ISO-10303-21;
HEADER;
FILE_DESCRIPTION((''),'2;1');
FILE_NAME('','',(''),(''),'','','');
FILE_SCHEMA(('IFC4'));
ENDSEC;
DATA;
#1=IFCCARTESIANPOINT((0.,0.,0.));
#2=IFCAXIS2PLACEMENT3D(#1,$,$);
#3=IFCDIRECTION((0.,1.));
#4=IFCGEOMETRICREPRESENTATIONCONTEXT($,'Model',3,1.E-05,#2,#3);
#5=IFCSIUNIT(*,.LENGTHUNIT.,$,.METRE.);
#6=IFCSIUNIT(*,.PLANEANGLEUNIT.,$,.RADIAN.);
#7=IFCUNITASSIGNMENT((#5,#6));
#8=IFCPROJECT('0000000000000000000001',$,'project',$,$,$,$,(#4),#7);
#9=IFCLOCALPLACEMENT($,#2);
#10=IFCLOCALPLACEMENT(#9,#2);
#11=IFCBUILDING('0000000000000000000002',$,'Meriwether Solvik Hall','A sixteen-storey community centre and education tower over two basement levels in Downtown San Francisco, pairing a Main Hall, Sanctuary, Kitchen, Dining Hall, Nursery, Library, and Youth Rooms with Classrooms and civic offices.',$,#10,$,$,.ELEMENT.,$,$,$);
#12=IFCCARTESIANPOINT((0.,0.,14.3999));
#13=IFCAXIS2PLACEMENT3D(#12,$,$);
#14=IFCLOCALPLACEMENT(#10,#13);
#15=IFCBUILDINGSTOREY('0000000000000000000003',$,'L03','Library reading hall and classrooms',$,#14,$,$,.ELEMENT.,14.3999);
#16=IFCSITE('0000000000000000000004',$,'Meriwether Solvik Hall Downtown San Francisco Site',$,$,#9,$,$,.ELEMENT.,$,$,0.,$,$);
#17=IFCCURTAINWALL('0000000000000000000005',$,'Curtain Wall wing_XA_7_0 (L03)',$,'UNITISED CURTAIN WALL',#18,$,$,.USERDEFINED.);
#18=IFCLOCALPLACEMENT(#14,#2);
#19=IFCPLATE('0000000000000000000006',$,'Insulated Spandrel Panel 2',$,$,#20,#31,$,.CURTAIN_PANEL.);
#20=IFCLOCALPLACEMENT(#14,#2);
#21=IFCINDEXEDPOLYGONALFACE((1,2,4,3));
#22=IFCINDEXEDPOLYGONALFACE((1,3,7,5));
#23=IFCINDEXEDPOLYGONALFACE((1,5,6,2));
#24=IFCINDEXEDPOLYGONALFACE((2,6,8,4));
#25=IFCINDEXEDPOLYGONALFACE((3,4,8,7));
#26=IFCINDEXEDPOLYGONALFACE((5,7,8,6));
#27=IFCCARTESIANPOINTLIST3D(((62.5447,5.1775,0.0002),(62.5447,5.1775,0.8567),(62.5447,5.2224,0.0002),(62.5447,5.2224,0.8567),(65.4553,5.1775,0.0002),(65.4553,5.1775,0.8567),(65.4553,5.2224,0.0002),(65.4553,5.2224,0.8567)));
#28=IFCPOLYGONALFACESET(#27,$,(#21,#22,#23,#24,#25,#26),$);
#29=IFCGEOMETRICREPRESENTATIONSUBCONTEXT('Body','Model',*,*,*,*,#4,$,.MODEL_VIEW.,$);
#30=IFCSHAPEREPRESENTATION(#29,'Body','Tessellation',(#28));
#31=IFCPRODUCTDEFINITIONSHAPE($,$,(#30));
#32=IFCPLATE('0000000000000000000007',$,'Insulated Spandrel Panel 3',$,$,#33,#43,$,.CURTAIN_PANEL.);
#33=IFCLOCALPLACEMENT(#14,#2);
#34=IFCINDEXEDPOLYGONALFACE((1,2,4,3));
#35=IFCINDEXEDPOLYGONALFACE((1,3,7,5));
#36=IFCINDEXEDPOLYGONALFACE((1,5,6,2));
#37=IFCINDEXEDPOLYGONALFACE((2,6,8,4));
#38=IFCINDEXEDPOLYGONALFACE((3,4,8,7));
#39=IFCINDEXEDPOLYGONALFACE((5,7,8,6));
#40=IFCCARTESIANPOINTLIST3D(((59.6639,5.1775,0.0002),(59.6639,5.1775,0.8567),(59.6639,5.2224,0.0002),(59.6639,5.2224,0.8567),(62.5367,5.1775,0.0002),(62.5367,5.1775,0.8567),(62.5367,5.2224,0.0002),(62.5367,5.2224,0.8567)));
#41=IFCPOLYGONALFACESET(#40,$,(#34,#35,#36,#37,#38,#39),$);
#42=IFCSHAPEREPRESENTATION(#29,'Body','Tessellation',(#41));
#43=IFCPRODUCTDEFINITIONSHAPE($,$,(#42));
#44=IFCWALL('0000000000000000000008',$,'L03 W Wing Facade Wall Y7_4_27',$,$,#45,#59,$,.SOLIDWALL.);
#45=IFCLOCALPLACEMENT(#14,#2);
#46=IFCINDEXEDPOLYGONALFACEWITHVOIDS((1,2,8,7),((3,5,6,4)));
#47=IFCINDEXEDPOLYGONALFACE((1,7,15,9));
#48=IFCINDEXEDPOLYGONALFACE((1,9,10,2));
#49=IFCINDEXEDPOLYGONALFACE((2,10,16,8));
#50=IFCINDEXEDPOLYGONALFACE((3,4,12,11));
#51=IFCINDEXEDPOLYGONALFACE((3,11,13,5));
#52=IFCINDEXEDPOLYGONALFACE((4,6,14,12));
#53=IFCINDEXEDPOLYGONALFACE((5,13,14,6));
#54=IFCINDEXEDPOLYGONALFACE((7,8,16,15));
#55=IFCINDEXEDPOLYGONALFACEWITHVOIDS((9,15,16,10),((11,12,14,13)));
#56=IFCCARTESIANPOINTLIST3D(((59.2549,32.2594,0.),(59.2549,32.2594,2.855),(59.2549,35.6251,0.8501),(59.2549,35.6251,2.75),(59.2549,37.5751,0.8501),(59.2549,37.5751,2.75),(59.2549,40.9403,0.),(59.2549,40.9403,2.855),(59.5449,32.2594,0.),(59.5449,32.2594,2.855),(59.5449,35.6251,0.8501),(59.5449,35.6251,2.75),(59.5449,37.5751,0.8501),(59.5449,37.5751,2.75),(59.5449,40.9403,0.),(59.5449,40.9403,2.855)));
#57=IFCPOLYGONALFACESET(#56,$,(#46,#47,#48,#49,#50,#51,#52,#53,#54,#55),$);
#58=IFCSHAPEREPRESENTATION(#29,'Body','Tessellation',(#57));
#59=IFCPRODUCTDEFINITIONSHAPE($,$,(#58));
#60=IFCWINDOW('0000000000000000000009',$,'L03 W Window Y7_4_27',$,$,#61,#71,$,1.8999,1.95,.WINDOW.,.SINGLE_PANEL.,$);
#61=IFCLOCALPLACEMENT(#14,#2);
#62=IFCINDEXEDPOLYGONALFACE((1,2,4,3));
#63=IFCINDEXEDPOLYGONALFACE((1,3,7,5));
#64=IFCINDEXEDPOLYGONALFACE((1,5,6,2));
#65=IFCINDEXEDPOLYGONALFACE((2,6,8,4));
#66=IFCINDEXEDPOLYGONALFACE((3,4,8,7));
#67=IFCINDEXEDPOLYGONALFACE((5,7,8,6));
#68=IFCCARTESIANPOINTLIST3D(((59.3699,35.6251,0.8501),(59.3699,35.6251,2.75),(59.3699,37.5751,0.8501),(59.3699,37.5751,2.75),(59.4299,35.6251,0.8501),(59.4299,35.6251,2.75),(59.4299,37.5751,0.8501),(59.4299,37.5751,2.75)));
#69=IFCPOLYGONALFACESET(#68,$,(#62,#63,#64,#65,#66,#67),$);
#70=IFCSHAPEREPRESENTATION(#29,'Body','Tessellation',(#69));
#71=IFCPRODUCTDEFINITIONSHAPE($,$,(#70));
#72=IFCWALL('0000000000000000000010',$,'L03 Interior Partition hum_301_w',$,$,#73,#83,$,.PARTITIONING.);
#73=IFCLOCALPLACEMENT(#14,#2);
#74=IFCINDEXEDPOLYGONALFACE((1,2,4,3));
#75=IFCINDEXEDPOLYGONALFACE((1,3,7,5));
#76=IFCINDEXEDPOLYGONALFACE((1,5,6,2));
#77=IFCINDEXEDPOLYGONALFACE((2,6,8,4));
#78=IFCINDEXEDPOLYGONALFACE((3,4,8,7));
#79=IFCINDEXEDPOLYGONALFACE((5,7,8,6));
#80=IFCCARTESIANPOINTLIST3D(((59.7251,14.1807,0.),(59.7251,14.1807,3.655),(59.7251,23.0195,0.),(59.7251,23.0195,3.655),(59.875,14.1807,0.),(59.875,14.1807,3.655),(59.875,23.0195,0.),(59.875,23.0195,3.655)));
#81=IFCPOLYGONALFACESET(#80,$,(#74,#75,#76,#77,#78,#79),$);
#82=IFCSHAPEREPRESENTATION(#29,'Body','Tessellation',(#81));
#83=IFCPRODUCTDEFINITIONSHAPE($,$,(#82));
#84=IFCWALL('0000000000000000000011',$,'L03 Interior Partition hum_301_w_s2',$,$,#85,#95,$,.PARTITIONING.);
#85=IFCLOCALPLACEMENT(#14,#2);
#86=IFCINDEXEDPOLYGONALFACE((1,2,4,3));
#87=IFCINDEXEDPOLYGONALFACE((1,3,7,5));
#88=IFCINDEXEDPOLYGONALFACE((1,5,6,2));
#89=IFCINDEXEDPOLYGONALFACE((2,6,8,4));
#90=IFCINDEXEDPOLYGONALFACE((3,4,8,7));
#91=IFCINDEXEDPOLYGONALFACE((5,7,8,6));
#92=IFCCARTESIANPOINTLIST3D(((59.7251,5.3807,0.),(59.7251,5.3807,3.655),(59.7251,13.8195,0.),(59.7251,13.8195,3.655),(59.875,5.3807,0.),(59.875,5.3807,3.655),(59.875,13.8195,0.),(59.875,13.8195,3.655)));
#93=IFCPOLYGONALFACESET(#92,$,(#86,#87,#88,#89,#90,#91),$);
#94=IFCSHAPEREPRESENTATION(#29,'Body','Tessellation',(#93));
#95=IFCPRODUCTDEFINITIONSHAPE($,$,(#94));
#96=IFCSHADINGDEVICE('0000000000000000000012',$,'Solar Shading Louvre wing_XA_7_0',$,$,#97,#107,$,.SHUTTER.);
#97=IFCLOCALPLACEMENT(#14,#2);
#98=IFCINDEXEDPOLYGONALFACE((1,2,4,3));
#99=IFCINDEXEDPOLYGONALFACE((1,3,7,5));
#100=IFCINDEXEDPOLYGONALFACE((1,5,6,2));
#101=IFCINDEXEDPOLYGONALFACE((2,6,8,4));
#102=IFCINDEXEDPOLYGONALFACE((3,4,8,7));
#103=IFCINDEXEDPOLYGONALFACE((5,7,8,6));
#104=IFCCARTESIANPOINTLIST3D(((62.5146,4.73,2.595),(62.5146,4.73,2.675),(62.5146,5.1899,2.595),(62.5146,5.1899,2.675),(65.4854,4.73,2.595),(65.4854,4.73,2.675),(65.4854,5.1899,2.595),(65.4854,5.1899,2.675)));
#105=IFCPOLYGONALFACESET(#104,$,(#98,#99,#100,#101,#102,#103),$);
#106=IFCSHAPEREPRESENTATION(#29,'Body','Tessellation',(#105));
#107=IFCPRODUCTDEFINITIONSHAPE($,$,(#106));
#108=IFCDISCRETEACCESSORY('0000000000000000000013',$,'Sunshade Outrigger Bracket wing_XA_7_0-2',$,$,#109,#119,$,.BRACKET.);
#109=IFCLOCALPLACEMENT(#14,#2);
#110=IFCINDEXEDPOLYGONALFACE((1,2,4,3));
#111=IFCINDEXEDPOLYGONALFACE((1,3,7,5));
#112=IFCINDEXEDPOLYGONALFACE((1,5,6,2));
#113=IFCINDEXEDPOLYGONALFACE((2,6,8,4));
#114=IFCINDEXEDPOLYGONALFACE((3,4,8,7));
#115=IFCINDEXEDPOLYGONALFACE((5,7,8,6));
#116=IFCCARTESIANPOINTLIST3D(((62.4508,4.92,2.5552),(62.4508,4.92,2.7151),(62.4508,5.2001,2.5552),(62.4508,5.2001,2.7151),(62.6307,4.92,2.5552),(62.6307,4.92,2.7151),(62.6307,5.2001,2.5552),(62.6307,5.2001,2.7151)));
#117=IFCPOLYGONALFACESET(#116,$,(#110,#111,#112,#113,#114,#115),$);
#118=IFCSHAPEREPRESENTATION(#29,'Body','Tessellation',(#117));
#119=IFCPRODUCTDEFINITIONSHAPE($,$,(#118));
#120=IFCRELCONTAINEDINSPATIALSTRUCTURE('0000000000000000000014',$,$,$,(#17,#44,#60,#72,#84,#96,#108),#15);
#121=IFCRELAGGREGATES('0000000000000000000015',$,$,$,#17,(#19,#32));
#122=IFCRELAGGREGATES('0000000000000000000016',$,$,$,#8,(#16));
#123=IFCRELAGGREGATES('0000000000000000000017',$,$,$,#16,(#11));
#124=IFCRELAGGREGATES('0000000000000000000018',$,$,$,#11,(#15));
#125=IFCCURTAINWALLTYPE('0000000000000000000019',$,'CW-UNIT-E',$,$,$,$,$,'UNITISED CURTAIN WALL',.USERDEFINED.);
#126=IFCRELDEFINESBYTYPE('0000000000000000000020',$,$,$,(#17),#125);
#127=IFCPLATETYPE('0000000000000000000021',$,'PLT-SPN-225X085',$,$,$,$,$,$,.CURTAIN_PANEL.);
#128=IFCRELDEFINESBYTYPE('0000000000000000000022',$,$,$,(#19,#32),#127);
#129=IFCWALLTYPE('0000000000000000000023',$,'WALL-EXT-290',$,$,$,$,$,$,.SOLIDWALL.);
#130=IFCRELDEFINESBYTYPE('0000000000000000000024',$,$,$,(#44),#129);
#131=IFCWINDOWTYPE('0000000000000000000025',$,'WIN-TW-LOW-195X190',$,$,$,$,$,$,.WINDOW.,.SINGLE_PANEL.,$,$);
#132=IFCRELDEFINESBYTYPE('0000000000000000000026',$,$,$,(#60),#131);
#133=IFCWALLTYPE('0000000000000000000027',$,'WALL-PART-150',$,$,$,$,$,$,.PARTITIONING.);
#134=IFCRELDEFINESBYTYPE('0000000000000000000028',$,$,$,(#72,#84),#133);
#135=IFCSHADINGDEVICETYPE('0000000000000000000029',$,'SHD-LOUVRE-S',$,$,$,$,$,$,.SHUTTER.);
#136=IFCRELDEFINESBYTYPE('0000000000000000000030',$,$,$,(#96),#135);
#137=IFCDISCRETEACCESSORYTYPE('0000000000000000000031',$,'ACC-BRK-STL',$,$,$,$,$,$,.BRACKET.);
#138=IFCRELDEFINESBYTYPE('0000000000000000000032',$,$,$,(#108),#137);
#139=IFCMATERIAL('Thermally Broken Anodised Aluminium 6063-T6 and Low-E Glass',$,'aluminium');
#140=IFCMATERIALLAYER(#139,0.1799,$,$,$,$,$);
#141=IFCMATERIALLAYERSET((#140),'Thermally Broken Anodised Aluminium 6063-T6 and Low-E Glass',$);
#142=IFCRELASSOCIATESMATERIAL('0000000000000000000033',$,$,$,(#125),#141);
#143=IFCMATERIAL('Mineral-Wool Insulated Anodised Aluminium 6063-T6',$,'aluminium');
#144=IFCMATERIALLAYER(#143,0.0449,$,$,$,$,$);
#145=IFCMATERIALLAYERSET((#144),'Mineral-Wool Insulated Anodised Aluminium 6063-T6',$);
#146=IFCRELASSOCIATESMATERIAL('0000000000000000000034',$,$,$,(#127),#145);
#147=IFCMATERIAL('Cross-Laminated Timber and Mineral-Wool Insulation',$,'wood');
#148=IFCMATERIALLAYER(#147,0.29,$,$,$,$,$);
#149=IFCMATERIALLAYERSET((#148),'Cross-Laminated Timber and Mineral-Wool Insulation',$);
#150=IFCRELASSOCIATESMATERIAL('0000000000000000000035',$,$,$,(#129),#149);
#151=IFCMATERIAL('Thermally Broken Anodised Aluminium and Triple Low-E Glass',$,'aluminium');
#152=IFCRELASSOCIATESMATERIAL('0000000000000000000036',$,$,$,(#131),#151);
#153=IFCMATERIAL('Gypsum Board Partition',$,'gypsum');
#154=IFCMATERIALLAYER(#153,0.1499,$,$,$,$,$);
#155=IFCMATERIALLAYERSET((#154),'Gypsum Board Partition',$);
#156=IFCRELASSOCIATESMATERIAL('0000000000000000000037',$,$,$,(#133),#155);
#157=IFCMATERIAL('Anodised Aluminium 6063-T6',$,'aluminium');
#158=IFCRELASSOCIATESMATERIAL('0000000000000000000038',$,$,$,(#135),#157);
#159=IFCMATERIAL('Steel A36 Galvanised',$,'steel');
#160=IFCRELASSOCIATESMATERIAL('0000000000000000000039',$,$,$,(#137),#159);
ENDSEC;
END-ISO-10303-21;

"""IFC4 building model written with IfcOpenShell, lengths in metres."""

from ifc_helpers import new_model, si_unit, direction, frame, frame_2d, origin, origin_2d, place, context, subcontext, project, spatial, rectangle, extrude, material, layer, layer_set, type_object, element, fill, aggregate, save


model = new_model("IFC4")

# Units and contexts
model_context = context("Model", 3, precision=1e-05, world=origin(), true_north=direction((0.0, 1.0)))
body_context = subcontext(model_context, "Body", "Model", "MODEL_VIEW")
ifc_project = project(units=[si_unit("LENGTHUNIT", "METRE"), si_unit("PLANEANGLEUNIT", "RADIAN")], contexts=[model_context])

# Site, building, storey
site_placement = place(None, origin())
site = spatial("IfcSite", under=ifc_project, at=site_placement, Name="Meriwether Solvik Hall Downtown San Francisco Site", CompositionType="ELEMENT", RefElevation=0.0)
building_placement = place(site_placement, origin())
building = spatial("IfcBuilding", under=site, at=building_placement, Name="Meriwether Solvik Hall", Description="A sixteen-storey community centre and education tower over two basement levels in Downtown San Francisco, pairing a Main Hall, Sanctuary, Kitchen, Dining Hall, Nursery, Library, and Youth Rooms with Classrooms and civic offices.", CompositionType="ELEMENT")
storey_placement = place(building_placement, frame((0.0, 0.0, 14.3999)))
storey = spatial("IfcBuildingStorey", under=building, at=storey_placement, Name="L03", Description="Library reading hall and classrooms", CompositionType="ELEMENT", Elevation=14.3999)

# Curtain wall, plates
ifc_material_1 = material(Name="Thermally Broken Anodised Aluminium 6063-T6 and Low-E Glass", Category="aluminium")
ifc_layer_1 = layer(ifc_material_1, 0.1799)
ifc_layer_set_1 = layer_set([ifc_layer_1], Name="Thermally Broken Anodised Aluminium 6063-T6 and Low-E Glass")
curtain_wall_type = type_object("IfcCurtainWallType", Name="CW-UNIT-E", ElementType="UNITISED CURTAIN WALL", PredefinedType="USERDEFINED", material=ifc_layer_set_1)
curtain_wall_placement = place(storey_placement, origin())
curtain_wall = element("IfcCurtainWall", 1, at=curtain_wall_placement, inside=storey, type_object=curtain_wall_type, Name="Curtain Wall wing_XA_7_0 (L03)", ObjectType="UNITISED CURTAIN WALL", PredefinedType="USERDEFINED")
ifc_material_2 = material(Name="Mineral-Wool Insulated Anodised Aluminium 6063-T6", Category="aluminium")
ifc_layer_2 = layer(ifc_material_2, 0.0449)
ifc_layer_set_2 = layer_set([ifc_layer_2], Name="Mineral-Wool Insulated Anodised Aluminium 6063-T6")
plate_type_1 = type_object("IfcPlateType", Name="PLT-SPN-225X085", PredefinedType="CURTAIN_PANEL", material=ifc_layer_set_2)
plate_1_placement = place(storey_placement, frame((64.0, 5.2, 0.0002), z_axis=(0.0, 0.0, 1.0), x_axis=(-1.0, 0.0, 0.0)))
plate_1 = element("IfcPlate", 2, at=plate_1_placement, type_object=plate_type_1, Name="Insulated Spandrel Panel 2", PredefinedType="CURTAIN_PANEL", context=body_context, shape_type="SweptSolid", body=[
    extrude(rectangle(XDim=2.9106, YDim=0.0449, at=origin_2d()), origin(), (0.0, 0.0, 1.0), 0.8564),
])
plate_2_placement = place(storey_placement, frame((61.1003, 5.2, 0.0002), z_axis=(0.0, 0.0, 1.0), x_axis=(-1.0, 0.0, 0.0)))
plate_2 = element("IfcPlate", 3, at=plate_2_placement, type_object=plate_type_1, Name="Insulated Spandrel Panel 3", PredefinedType="CURTAIN_PANEL", context=body_context, shape_type="SweptSolid", body=[
    extrude(rectangle(XDim=2.8728, YDim=0.0449, at=origin_2d()), origin(), (0.0, 0.0, 1.0), 0.8564),
])
aggregate(curtain_wall, [plate_1, plate_2])

# Wall, opening, window
ifc_material_3 = material(Name="Cross-Laminated Timber and Mineral-Wool Insulation", Category="wood")
ifc_layer_3 = layer(ifc_material_3, 0.29)
ifc_layer_set_3 = layer_set([ifc_layer_3], Name="Cross-Laminated Timber and Mineral-Wool Insulation")
wall_type_1 = type_object("IfcWallType", Name="WALL-EXT-290", PredefinedType="SOLIDWALL", material=ifc_layer_set_3)
wall_1_placement = place(storey_placement, frame((59.3999, 32.2595, 0.0), z_axis=(0.0, 0.0, 1.0), x_axis=(0.0, 1.0, 0.0)))
wall_1 = element("IfcWall", 4, at=wall_1_placement, inside=storey, type_object=wall_type_1, Name="L03 W Wing Facade Wall Y7_4_27", PredefinedType="SOLIDWALL", context=body_context, shape_type="SweptSolid", body=[
    extrude(rectangle(XDim=8.6809, YDim=0.29, at=frame_2d((4.3403, 0.0))), origin(), (0.0, 0.0, 1.0), 2.855),
])
opening_placement = place(wall_1_placement, frame((3.3655, 0.0, 0.8501)))
opening = element("IfcOpeningElement", 5, at=opening_placement, cuts=wall_1, PredefinedType="OPENING", context=body_context, shape_type="SweptSolid", body=[
    extrude(rectangle(XDim=1.95, YDim=1.8999, at=frame_2d((0.9751, 0.95))), frame((0.0, 0.157, 0.0), z_axis=(0.0, -1.0, 0.0), x_axis=(1.0, 0.0, 0.0)), (0.0, 0.0, 1.0), 0.314),
])
ifc_material_4 = material(Name="Thermally Broken Anodised Aluminium and Triple Low-E Glass", Category="aluminium")
window_type = type_object("IfcWindowType", Name="WIN-TW-LOW-195X190", PartitioningType="SINGLE_PANEL", PredefinedType="WINDOW", material=ifc_material_4)
window_placement = place(opening_placement, origin())
window = element("IfcWindow", 6, at=window_placement, inside=storey, type_object=window_type, Name="L03 W Window Y7_4_27", OverallHeight=1.8999, OverallWidth=1.95, PartitioningType="SINGLE_PANEL", PredefinedType="WINDOW", context=body_context, shape_type="SweptSolid", body=[
    extrude(rectangle(XDim=1.95, YDim=1.8999, at=frame_2d((0.9751, 0.95))), frame((0.0, 0.03, 0.0), z_axis=(0.0, -1.0, 0.0), x_axis=(1.0, 0.0, 0.0)), (0.0, 0.0, 1.0), 0.0601),
])
fill(opening, window)

# Walls
ifc_material_5 = material(Name="Gypsum Board Partition", Category="gypsum")
ifc_layer_4 = layer(ifc_material_5, 0.1499)
ifc_layer_set_4 = layer_set([ifc_layer_4], Name="Gypsum Board Partition")
wall_type_2 = type_object("IfcWallType", Name="WALL-PART-150", PredefinedType="PARTITIONING", material=ifc_layer_set_4)
wall_2_placement = place(storey_placement, frame((59.8, 23.0195, 0.0), z_axis=(0.0, 0.0, 1.0), x_axis=(0.0, -1.0, 0.0)))
element("IfcWall", 7, at=wall_2_placement, inside=storey, type_object=wall_type_2, Name="L03 Interior Partition hum_301_w", PredefinedType="PARTITIONING", context=body_context, shape_type="SweptSolid", body=[
    extrude(rectangle(XDim=8.8389, YDim=0.1499, at=frame_2d((4.4194, 0.0))), origin(), (0.0, 0.0, 1.0), 3.655),
])
wall_3_placement = place(storey_placement, frame((59.8, 13.8193, 0.0), z_axis=(0.0, 0.0, 1.0), x_axis=(0.0, -1.0, 0.0)))
element("IfcWall", 8, at=wall_3_placement, inside=storey, type_object=wall_type_2, Name="L03 Interior Partition hum_301_w_s2", PredefinedType="PARTITIONING", context=body_context, shape_type="SweptSolid", body=[
    extrude(rectangle(XDim=8.4387, YDim=0.1499, at=frame_2d((4.2192, 0.0))), origin(), (0.0, 0.0, 1.0), 3.655),
])

# Shading device
ifc_material_6 = material(Name="Anodised Aluminium 6063-T6", Category="aluminium")
shading_device_type = type_object("IfcShadingDeviceType", Name="SHD-LOUVRE-S", PredefinedType="SHUTTER", material=ifc_material_6)
shading_device_placement = place(storey_placement, frame((64.0, 4.96, 2.595), z_axis=(0.0, 0.0, 1.0), x_axis=(-1.0, 0.0, 0.0)))
element("IfcShadingDevice", 9, at=shading_device_placement, inside=storey, type_object=shading_device_type, Name="Solar Shading Louvre wing_XA_7_0", PredefinedType="SHUTTER", context=body_context, shape_type="SweptSolid", body=[
    extrude(rectangle(XDim=2.9707, YDim=0.46, at=origin_2d()), origin(), (0.0, 0.0, 1.0), 0.0801),
])

# Discrete accessory
ifc_material_7 = material(Name="Steel A36 Galvanised", Category="steel")
discrete_accessory_type = type_object("IfcDiscreteAccessoryType", Name="ACC-BRK-STL", PredefinedType="BRACKET", material=ifc_material_7)
discrete_accessory_placement = place(storey_placement, frame((62.5408, 5.0601, 2.5552), z_axis=(0.0, 0.0, 1.0), x_axis=(-1.0, 0.0, 0.0)))
element("IfcDiscreteAccessory", 10, at=discrete_accessory_placement, inside=storey, type_object=discrete_accessory_type, Name="Sunshade Outrigger Bracket wing_XA_7_0-2", PredefinedType="BRACKET", context=body_context, shape_type="SweptSolid", body=[
    extrude(rectangle(XDim=0.1799, YDim=0.28, at=origin_2d()), origin(), (0.0, 0.0, 1.0), 0.1599),
])

save(model, "model.ifc")
